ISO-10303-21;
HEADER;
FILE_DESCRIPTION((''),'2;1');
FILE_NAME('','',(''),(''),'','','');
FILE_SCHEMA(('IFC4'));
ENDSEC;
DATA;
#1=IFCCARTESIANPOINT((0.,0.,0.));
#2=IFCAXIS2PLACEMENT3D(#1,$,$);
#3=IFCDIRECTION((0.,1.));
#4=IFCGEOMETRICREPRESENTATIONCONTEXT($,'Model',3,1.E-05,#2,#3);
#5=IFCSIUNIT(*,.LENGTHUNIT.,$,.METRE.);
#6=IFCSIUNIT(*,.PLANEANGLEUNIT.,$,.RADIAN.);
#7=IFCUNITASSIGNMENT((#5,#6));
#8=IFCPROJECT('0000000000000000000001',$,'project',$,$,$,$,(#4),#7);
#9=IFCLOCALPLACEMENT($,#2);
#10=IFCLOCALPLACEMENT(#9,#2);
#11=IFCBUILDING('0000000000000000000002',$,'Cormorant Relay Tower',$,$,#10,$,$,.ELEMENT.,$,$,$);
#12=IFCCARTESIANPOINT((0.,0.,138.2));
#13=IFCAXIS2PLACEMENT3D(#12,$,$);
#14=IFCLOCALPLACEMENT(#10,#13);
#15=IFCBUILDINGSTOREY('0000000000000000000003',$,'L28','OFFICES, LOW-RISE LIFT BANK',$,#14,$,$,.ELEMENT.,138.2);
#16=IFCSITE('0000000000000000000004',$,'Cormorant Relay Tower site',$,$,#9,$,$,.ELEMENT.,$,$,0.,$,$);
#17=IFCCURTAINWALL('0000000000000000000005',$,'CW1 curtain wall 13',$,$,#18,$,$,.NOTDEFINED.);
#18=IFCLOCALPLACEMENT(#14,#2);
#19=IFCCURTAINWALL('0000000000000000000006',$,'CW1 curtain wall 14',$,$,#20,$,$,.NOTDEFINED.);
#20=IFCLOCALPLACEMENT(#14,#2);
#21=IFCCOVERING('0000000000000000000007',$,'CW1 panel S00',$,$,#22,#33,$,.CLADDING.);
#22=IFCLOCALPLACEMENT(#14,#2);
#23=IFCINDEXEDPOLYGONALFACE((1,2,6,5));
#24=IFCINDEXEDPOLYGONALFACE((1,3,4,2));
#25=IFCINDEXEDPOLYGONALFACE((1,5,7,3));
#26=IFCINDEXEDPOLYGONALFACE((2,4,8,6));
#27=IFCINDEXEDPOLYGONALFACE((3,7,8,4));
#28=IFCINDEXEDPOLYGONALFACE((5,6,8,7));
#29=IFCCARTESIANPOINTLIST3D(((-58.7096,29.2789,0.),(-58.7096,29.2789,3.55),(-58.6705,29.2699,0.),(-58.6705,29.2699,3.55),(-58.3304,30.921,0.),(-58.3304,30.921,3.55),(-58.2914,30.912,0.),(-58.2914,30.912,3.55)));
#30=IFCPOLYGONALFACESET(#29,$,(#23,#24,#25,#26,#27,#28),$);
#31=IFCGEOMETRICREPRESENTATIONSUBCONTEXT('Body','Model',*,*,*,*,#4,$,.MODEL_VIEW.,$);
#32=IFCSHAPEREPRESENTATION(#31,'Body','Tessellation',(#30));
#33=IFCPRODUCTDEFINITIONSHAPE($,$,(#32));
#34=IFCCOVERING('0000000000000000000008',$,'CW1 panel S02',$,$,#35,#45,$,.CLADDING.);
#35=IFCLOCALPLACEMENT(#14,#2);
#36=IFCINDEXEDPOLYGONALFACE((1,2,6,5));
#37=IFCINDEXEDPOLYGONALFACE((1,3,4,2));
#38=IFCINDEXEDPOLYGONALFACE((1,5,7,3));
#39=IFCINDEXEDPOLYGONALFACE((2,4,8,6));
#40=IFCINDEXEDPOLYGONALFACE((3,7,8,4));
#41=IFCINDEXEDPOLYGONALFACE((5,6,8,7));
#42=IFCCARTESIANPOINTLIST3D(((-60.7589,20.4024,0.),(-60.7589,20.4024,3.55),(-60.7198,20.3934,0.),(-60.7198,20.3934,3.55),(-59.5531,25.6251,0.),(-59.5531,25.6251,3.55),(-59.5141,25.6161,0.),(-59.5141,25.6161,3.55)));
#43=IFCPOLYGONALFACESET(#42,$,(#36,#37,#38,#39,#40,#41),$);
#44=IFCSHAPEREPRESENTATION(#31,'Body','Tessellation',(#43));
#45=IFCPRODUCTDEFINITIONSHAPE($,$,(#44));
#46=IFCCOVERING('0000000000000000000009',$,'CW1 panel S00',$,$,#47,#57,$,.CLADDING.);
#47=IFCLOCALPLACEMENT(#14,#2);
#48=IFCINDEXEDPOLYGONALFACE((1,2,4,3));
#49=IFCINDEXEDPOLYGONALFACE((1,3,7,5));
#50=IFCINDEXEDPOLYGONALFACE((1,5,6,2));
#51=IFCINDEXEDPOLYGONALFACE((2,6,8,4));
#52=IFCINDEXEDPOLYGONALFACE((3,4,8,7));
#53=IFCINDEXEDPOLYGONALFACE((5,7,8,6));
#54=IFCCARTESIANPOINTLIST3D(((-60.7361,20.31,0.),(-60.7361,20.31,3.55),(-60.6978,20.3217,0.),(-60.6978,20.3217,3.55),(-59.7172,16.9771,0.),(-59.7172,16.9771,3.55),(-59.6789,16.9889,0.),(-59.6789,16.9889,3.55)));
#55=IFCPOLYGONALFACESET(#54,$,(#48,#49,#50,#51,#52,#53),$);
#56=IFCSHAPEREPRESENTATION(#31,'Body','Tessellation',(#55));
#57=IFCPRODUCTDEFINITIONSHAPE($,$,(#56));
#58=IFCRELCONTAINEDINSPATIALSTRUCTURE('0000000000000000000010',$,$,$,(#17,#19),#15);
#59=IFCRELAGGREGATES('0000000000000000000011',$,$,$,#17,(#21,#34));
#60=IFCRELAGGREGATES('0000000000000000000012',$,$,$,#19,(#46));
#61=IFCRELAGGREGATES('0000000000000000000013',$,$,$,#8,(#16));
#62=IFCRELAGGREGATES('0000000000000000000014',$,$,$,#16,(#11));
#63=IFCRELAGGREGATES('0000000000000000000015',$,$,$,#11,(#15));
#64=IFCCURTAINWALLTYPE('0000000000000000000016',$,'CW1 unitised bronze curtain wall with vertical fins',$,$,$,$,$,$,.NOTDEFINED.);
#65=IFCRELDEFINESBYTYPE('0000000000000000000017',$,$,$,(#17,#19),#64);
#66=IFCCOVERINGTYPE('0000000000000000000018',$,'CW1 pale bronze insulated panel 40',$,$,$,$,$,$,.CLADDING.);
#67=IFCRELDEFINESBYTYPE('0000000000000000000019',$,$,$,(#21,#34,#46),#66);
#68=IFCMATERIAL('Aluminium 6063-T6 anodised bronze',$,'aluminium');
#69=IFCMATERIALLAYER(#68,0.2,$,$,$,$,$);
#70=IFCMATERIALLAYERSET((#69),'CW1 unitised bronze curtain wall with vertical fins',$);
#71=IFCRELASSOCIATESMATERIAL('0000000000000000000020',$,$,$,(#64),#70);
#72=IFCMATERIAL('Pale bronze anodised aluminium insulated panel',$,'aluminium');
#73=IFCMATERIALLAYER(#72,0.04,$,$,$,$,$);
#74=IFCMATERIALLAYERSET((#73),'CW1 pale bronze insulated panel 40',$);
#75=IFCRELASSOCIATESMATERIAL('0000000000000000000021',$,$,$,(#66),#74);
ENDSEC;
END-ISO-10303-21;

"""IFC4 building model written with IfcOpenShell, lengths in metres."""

from ifc_helpers import new_model, si_unit, direction, frame, origin, origin_2d, place, context, subcontext, project, spatial, rectangle, extrude, material, layer, layer_set, type_object, element, aggregate, save


model = new_model("IFC4")

# Units and contexts
model_context = context("Model", 3, precision=1e-05, world=origin(), true_north=direction((0.0, 1.0)))
body_context = subcontext(model_context, "Body", "Model", "MODEL_VIEW")
ifc_project = project(units=[si_unit("LENGTHUNIT", "METRE"), si_unit("PLANEANGLEUNIT", "RADIAN")], contexts=[model_context])

# Site, building, storey
site_placement = place(None, origin())
site = spatial("IfcSite", under=ifc_project, at=site_placement, Name="Cormorant Relay Tower site", CompositionType="ELEMENT", RefElevation=0.0)
building_placement = place(site_placement, origin())
building = spatial("IfcBuilding", under=site, at=building_placement, Name="Cormorant Relay Tower", CompositionType="ELEMENT")
storey_placement = place(building_placement, frame((0.0, 0.0, 138.2)))
storey = spatial("IfcBuildingStorey", under=building, at=storey_placement, Name="L28", Description="OFFICES, LOW-RISE LIFT BANK", CompositionType="ELEMENT", Elevation=138.2)

# Curtain wall
ifc_material_1 = material(Name="Aluminium 6063-T6 anodised bronze", Category="aluminium")
ifc_layer_1 = layer(ifc_material_1, 0.2)
ifc_layer_set_1 = layer_set([ifc_layer_1], Name="CW1 unitised bronze curtain wall with vertical fins")
curtain_wall_type = type_object("IfcCurtainWallType", Name="CW1 unitised bronze curtain wall with vertical fins", PredefinedType="NOTDEFINED", material=ifc_layer_set_1)
curtain_wall_1_placement = place(storey_placement, origin())
curtain_wall_1 = element("IfcCurtainWall", 1, at=curtain_wall_1_placement, inside=storey, type_object=curtain_wall_type, Name="CW1 curtain wall 13", PredefinedType="NOTDEFINED")

# Curtain wall
curtain_wall_2_placement = place(storey_placement, origin())
curtain_wall_2 = element("IfcCurtainWall", 2, at=curtain_wall_2_placement, inside=storey, type_object=curtain_wall_type, Name="CW1 curtain wall 14", PredefinedType="NOTDEFINED")

# Coverings
ifc_material_2 = material(Name="Pale bronze anodised aluminium insulated panel", Category="aluminium")
ifc_layer_2 = layer(ifc_material_2, 0.04)
ifc_layer_set_2 = layer_set([ifc_layer_2], Name="CW1 pale bronze insulated panel 40")
covering_type = type_object("IfcCoveringType", Name="CW1 pale bronze insulated panel 40", PredefinedType="CLADDING", material=ifc_layer_set_2)
covering_1_placement = place(storey_placement, frame((-58.5005, 30.0955, 0.0), z_axis=(0.0, 0.0, 1.0), x_axis=(-0.224951, -0.97437, 0.0)))
covering_1 = element("IfcCovering", 3, at=covering_1_placement, type_object=covering_type, Name="CW1 panel S00", PredefinedType="CLADDING", context=body_context, shape_type="SweptSolid", body=[
    extrude(rectangle(XDim=1.6853, YDim=0.04, at=origin_2d()), origin(), (0.0, 0.0, 1.0), 3.55),
])
covering_2_placement = place(storey_placement, frame((-60.1365, 23.0093, 0.0), z_axis=(0.0, 0.0, 1.0), x_axis=(-0.224951, -0.97437, 0.0)))
covering_2 = element("IfcCovering", 4, at=covering_2_placement, type_object=covering_type, Name="CW1 panel S02", PredefinedType="CLADDING", context=body_context, shape_type="SweptSolid", body=[
    extrude(rectangle(XDim=5.3601, YDim=0.04, at=origin_2d()), origin(), (0.0, 0.0, 1.0), 3.55),
])
aggregate(curtain_wall_1, [covering_1, covering_2])
covering_3_placement = place(storey_placement, frame((-60.2075, 18.6494, 0.0), z_axis=(0.0, 0.0, 1.0), x_axis=(0.292372, -0.956305, 0.0)))
covering_3 = element("IfcCovering", 5, at=covering_3_placement, type_object=covering_type, Name="CW1 panel S00", PredefinedType="CLADDING", context=body_context, shape_type="SweptSolid", body=[
    extrude(rectangle(XDim=3.4851, YDim=0.04, at=origin_2d()), origin(), (0.0, 0.0, 1.0), 3.55),
])
aggregate(curtain_wall_2, [covering_3])

save(model, "model.ifc")
